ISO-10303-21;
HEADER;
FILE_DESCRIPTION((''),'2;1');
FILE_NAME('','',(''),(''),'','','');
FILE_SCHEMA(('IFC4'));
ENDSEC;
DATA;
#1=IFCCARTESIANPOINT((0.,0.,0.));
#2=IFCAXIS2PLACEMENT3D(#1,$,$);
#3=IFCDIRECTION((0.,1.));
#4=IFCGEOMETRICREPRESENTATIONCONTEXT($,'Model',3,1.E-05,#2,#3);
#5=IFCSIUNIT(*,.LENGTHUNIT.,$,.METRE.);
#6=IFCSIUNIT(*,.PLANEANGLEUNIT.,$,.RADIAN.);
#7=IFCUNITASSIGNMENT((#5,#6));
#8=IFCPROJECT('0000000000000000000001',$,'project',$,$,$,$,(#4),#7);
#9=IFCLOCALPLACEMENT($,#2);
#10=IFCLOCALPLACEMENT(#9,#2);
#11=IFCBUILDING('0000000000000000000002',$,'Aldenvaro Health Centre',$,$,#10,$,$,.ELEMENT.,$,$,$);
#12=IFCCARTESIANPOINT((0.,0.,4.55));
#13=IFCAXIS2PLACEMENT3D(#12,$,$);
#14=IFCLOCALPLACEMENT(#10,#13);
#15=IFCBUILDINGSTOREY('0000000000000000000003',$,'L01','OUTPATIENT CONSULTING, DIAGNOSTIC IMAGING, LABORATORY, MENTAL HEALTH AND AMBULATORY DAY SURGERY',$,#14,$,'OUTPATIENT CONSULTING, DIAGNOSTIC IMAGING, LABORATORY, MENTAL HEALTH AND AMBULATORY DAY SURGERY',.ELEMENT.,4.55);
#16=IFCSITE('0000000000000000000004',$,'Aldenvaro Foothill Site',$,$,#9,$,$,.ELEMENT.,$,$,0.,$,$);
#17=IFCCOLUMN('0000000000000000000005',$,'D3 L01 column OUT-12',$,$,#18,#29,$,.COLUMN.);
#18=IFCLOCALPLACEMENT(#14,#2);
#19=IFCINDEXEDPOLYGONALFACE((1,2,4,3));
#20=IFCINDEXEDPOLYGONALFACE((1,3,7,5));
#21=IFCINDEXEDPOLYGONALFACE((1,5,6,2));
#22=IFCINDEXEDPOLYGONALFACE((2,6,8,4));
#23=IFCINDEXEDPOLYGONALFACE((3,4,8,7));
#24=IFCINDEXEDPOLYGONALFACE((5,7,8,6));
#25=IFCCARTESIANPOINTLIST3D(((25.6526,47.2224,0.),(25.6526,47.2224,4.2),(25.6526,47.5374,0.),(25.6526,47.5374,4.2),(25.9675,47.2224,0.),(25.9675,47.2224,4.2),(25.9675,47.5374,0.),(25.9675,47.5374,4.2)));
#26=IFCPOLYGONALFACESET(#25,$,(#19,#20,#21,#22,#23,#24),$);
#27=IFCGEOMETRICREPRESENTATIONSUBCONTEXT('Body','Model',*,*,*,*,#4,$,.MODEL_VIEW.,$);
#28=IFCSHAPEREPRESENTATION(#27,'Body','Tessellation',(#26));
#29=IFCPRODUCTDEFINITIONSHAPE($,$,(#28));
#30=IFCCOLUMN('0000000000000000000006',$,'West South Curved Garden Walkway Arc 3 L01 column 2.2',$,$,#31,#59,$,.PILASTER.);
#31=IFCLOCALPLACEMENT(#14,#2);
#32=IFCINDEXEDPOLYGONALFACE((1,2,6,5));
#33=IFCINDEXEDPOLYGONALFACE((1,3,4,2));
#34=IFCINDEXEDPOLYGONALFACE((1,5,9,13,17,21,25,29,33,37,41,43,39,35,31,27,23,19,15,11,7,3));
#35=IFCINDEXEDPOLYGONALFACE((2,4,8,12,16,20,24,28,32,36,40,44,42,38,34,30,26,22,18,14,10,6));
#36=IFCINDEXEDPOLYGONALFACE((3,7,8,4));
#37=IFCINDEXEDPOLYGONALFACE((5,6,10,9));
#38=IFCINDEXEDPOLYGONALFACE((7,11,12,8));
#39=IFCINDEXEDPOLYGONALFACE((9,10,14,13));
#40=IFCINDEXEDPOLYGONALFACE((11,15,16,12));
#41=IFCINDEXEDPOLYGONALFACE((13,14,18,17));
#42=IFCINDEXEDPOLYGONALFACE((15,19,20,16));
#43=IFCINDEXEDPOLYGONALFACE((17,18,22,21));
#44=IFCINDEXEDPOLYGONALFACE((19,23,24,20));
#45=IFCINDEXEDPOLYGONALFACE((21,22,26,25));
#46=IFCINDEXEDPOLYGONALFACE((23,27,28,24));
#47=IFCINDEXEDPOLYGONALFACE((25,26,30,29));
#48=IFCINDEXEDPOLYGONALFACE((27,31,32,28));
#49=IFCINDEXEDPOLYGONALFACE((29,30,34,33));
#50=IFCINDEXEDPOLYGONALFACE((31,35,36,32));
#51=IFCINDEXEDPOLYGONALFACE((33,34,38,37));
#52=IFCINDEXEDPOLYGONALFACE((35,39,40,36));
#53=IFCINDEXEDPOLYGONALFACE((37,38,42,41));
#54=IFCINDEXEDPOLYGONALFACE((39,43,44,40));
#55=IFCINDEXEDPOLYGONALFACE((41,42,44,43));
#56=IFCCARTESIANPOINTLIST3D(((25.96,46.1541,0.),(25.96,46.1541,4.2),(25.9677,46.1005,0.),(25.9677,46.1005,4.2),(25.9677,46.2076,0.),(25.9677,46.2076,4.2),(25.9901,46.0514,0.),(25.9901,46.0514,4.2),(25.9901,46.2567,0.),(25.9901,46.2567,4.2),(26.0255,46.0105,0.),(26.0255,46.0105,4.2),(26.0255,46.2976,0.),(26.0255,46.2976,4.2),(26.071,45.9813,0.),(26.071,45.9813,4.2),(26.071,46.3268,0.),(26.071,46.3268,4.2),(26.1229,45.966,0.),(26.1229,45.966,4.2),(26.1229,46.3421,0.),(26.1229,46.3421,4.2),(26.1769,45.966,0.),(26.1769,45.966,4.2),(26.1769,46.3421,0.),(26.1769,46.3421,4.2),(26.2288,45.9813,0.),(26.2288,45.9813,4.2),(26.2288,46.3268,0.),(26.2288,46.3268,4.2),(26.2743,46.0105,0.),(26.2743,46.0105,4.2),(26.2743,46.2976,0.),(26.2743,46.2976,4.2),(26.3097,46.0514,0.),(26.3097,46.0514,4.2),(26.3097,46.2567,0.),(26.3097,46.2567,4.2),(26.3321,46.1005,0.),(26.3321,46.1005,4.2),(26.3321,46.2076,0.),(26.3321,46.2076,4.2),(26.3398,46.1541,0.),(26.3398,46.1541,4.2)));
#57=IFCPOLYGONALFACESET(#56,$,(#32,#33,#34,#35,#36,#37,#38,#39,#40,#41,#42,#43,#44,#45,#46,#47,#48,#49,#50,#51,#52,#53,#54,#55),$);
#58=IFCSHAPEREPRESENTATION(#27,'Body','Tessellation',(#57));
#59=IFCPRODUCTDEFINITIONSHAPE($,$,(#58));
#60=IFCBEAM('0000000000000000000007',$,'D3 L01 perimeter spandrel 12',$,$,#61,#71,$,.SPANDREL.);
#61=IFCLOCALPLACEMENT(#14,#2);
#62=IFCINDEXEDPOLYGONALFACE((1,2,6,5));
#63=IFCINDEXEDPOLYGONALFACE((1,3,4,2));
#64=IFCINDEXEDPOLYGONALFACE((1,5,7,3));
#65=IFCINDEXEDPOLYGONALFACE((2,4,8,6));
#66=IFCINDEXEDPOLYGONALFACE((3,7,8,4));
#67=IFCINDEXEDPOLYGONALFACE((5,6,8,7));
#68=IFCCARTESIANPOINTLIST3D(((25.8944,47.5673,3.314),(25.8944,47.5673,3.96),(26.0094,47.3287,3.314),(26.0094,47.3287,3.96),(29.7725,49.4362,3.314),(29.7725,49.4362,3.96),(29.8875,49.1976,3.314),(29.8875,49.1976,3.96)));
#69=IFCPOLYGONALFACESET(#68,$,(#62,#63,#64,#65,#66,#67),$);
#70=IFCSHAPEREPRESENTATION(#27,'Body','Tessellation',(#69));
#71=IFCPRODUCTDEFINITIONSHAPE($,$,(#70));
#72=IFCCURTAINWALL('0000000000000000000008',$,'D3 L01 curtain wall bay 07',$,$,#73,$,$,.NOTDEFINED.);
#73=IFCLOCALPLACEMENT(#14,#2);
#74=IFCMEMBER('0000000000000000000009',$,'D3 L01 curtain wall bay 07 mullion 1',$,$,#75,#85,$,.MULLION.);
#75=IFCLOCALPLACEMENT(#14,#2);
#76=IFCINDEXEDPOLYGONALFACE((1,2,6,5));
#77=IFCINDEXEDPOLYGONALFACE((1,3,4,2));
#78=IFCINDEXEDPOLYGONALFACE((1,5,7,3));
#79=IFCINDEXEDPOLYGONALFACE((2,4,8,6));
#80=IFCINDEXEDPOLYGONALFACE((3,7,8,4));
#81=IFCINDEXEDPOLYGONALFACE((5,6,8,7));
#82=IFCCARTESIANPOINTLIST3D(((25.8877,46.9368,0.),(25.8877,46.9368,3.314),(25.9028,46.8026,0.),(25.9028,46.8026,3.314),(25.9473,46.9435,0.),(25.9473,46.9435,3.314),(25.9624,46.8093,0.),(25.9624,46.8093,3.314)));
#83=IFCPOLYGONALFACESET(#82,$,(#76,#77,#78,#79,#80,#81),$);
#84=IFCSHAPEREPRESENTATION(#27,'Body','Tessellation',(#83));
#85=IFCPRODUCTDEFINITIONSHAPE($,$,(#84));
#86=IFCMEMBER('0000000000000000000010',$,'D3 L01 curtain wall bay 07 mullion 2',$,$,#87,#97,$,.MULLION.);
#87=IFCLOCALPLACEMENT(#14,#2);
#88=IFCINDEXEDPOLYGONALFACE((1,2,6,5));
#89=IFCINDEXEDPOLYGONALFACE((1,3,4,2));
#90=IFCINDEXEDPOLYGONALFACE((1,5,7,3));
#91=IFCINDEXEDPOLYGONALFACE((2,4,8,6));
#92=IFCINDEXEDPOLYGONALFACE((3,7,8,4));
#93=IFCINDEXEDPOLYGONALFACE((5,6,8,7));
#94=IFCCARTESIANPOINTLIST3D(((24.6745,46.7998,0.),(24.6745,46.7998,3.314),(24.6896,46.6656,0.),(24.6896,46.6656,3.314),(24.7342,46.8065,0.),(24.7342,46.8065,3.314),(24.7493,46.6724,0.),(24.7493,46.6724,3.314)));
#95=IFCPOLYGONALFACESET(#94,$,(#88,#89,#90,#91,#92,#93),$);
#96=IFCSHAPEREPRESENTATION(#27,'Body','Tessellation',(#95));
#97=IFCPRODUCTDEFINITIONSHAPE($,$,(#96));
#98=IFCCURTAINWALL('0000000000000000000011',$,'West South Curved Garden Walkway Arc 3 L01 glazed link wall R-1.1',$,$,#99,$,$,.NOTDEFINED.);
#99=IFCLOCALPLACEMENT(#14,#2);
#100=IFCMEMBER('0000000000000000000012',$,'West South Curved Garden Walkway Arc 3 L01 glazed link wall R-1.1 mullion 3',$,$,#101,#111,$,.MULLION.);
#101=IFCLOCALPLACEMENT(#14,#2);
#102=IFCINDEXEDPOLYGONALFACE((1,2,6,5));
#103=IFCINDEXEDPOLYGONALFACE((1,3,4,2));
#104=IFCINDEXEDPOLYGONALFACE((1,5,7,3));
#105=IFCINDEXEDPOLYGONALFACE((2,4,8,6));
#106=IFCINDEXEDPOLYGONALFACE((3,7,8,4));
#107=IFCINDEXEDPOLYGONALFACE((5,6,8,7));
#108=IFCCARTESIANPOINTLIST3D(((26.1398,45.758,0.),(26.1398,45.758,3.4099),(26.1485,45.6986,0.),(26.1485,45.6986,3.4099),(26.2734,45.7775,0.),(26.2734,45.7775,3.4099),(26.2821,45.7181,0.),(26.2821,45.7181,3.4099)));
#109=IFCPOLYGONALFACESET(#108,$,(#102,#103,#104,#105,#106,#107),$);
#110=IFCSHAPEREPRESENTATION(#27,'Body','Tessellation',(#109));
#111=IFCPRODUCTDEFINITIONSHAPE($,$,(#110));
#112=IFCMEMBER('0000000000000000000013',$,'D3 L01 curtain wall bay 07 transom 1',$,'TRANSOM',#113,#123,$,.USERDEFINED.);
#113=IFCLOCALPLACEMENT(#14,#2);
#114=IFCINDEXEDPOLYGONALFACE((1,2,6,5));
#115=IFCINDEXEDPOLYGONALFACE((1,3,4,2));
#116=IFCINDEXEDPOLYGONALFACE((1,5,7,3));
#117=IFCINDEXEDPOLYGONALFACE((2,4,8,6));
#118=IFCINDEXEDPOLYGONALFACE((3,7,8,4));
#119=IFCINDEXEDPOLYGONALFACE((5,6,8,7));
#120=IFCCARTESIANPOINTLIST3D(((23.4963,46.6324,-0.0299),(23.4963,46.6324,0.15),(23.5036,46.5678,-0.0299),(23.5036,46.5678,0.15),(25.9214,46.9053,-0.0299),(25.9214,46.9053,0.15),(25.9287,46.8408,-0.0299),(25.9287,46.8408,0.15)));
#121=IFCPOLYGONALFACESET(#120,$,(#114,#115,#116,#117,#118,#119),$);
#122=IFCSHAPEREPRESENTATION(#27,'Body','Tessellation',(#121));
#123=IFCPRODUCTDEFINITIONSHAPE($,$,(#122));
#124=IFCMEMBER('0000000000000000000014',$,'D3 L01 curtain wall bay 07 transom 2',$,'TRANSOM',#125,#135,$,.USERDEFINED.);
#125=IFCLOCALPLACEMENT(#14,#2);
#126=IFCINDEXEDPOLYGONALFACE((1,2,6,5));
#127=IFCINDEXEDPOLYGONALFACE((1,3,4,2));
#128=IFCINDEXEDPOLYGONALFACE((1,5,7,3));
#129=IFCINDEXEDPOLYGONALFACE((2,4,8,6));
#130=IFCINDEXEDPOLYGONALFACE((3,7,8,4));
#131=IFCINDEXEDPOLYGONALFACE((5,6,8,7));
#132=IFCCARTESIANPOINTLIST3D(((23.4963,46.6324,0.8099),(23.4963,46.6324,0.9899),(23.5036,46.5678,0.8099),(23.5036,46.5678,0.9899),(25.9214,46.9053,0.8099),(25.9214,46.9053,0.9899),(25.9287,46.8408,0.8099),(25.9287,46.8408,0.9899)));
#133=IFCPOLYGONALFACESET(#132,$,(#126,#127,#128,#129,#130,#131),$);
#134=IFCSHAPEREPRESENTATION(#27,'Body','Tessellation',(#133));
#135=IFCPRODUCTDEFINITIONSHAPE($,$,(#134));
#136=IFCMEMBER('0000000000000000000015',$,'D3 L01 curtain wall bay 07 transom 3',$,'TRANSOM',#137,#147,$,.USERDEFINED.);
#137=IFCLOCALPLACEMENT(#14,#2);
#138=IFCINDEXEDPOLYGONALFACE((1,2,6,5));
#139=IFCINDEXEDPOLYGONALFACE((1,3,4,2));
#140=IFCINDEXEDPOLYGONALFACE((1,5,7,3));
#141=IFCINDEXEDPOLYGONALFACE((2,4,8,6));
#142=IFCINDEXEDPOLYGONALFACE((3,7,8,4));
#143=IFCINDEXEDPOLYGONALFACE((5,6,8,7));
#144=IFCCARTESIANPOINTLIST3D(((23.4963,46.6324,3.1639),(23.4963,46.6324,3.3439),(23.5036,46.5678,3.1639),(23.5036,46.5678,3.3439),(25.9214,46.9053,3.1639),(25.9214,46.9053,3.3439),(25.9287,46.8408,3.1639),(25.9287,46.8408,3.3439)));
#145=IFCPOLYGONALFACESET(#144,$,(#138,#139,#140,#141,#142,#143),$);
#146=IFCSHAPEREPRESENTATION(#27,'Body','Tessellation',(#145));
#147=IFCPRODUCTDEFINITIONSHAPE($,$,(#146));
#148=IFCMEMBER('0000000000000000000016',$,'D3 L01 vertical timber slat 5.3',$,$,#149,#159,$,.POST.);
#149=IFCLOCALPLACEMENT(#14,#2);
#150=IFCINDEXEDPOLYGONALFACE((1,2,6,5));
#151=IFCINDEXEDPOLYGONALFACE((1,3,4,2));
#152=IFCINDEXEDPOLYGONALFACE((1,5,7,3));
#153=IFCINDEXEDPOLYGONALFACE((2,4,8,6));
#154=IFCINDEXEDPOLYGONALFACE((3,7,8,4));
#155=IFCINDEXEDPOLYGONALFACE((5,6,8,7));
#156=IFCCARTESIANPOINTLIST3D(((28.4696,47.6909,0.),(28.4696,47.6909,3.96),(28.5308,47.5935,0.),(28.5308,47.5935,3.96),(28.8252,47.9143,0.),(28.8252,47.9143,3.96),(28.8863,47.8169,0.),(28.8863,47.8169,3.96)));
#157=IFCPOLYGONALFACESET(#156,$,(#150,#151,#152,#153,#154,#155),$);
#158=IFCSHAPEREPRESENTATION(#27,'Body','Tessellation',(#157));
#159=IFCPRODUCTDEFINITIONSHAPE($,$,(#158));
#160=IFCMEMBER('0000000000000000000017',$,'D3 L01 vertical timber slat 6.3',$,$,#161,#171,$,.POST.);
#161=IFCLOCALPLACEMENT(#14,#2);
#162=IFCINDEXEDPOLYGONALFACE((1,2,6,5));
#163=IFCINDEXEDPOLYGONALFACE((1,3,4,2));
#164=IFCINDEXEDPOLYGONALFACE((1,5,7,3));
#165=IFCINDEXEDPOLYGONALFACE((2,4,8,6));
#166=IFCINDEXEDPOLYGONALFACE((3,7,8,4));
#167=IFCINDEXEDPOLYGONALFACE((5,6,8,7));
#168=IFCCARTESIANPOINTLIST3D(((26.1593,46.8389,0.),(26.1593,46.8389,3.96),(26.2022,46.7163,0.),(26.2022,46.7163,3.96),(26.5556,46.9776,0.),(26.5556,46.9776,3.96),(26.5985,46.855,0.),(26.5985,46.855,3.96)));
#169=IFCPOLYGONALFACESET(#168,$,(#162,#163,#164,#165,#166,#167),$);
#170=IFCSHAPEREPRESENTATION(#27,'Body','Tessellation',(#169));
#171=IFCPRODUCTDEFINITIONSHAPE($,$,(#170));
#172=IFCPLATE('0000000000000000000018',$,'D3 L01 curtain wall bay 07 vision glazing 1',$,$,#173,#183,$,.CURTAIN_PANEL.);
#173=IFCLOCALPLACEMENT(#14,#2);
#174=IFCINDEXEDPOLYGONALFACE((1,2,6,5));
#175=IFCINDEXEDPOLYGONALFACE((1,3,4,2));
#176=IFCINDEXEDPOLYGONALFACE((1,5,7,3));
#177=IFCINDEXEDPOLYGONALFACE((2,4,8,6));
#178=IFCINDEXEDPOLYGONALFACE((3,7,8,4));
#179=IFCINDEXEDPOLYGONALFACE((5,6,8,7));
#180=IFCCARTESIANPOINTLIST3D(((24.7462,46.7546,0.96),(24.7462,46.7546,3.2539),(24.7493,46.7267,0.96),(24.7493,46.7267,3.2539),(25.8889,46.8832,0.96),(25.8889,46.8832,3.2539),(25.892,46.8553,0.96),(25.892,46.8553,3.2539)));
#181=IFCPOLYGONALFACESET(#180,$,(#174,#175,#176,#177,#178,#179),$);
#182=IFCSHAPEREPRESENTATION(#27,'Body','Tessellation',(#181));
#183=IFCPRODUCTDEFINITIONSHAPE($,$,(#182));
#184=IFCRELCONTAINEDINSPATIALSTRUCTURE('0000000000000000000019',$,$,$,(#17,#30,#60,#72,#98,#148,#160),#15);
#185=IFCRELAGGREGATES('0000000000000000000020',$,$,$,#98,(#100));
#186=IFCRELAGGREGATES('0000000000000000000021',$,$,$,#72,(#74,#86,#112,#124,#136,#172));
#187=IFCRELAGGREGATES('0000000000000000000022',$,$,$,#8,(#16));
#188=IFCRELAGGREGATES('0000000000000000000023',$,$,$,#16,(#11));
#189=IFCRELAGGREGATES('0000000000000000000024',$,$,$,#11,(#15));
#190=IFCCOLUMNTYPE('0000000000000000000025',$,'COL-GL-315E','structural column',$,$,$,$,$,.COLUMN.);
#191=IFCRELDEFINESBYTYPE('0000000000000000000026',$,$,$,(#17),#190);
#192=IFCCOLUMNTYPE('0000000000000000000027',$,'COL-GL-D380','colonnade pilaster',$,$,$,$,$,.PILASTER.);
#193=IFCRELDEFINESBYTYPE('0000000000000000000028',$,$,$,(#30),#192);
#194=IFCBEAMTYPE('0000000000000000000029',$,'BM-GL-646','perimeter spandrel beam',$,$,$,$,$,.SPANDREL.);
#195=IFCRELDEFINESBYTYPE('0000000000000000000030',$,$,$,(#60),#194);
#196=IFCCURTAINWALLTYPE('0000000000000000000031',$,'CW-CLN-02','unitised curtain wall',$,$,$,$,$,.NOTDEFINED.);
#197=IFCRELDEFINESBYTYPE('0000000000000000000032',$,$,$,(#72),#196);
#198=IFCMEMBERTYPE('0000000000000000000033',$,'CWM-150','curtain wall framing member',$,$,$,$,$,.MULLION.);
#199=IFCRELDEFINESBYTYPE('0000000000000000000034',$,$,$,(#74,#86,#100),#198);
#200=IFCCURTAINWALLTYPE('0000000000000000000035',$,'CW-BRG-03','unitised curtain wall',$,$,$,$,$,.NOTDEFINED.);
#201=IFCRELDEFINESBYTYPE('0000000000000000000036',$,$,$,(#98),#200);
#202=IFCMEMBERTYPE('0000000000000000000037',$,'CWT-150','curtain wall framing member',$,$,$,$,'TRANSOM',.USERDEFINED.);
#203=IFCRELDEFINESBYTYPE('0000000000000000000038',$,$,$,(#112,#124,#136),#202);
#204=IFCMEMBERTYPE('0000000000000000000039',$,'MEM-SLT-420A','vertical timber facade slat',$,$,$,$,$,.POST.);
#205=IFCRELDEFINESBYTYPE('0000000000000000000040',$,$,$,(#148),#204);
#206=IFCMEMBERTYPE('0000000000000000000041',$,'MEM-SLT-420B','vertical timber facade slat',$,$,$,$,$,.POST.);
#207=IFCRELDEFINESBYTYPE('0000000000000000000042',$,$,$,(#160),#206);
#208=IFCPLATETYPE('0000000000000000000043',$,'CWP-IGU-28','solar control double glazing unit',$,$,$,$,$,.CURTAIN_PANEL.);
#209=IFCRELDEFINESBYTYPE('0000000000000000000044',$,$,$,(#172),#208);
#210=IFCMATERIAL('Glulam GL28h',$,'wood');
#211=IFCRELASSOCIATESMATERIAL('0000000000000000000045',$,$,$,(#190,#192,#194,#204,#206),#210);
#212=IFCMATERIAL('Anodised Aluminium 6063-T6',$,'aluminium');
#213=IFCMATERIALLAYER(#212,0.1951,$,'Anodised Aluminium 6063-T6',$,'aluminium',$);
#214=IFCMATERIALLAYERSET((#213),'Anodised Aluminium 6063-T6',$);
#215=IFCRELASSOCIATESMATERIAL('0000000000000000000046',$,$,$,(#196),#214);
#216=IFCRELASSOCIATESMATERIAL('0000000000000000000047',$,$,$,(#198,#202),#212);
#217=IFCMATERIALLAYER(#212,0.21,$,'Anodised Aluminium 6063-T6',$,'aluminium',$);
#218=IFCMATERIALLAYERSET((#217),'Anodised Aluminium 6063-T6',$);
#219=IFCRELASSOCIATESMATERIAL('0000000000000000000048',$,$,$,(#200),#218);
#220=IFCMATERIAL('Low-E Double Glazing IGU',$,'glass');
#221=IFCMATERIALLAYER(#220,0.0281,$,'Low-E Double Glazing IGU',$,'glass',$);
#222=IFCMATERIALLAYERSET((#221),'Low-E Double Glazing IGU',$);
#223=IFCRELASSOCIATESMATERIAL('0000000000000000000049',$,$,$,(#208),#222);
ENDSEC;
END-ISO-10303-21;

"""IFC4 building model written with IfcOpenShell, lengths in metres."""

from ifc_helpers import new_model, si_unit, direction, frame, origin, origin_2d, place, context, subcontext, project, spatial, rectangle, circle, extrude, material, layer, layer_set, material_profile, profile_set, type_object, element, aggregate, save


model = new_model("IFC4")

# Units and contexts
model_context = context("Model", 3, precision=1e-05, world=origin(), true_north=direction((0.0, 1.0)))
body_context = subcontext(model_context, "Body", "Model", "MODEL_VIEW")
ifc_project = project(units=[si_unit("LENGTHUNIT", "METRE"), si_unit("PLANEANGLEUNIT", "RADIAN")], contexts=[model_context])

# Site, building, storey
site_placement = place(None, origin())
site = spatial("IfcSite", under=ifc_project, at=site_placement, Name="Aldenvaro Foothill Site", CompositionType="ELEMENT", RefElevation=0.0)
building_placement = place(site_placement, origin())
building = spatial("IfcBuilding", under=site, at=building_placement, Name="Aldenvaro Health Centre", CompositionType="ELEMENT")
storey_placement = place(building_placement, frame((0.0, 0.0, 4.55)))
storey = spatial("IfcBuildingStorey", under=building, at=storey_placement, Name="L01", Description="OUTPATIENT CONSULTING, DIAGNOSTIC IMAGING, LABORATORY, MENTAL HEALTH AND AMBULATORY DAY SURGERY", LongName="OUTPATIENT CONSULTING, DIAGNOSTIC IMAGING, LABORATORY, MENTAL HEALTH AND AMBULATORY DAY SURGERY", CompositionType="ELEMENT", Elevation=4.55)

# Columns
ifc_material_1 = material(Name="Glulam GL28h", Category="wood")
ifc_material_profile_1 = material_profile(ifc_material_1, rectangle(XDim=0.3149, YDim=0.3149, at=origin_2d()), Name="GL 315x315", Category="wood")
ifc_profile_set_1 = profile_set([ifc_material_profile_1], Name="Glulam GL28h")
column_type_1 = type_object("IfcColumnType", Name="COL-GL-315E", Description="structural column", PredefinedType="COLUMN", material=ifc_profile_set_1)
column_1_placement = place(storey_placement, frame((25.8101, 47.3799, 0.0), z_axis=(0.0, 0.0, 1.0), x_axis=(1.0, 0.0, 0.0)))
element("IfcColumn", 1, at=column_1_placement, inside=storey, type_object=column_type_1, Name="D3 L01 column OUT-12", PredefinedType="COLUMN", context=body_context, shape_type="SweptSolid", body=[
    extrude(rectangle(XDim=0.3149, YDim=0.3149, at=origin_2d()), origin(), (0.0, 0.0, 1.0), 4.2),
])
ifc_material_profile_2 = material_profile(ifc_material_1, circle(Radius=0.1899, at=origin_2d()), Name="GL D380", Category="wood")
ifc_profile_set_2 = profile_set([ifc_material_profile_2], Name="Glulam GL28h")
column_type_2 = type_object("IfcColumnType", Name="COL-GL-D380", Description="colonnade pilaster", PredefinedType="PILASTER", material=ifc_profile_set_2)
column_2_placement = place(storey_placement, frame((26.1499, 46.1541, 0.0), z_axis=(0.0, 0.0, 1.0), x_axis=(1.0, 0.0, 0.0)))
element("IfcColumn", 2, at=column_2_placement, inside=storey, type_object=column_type_2, Name="West South Curved Garden Walkway Arc 3 L01 column 2.2", PredefinedType="PILASTER", context=body_context, shape_type="SweptSolid", body=[
    extrude(circle(Radius=0.1899, at=origin_2d()), origin(), (0.0, 0.0, 1.0), 4.2),
])

# Beam
ifc_material_profile_3 = material_profile(ifc_material_1, rectangle(XDim=0.2649, YDim=0.646, at=origin_2d()), Name="GL 265x646", Category="wood")
ifc_profile_set_3 = profile_set([ifc_material_profile_3], Name="Glulam GL28h")
beam_type = type_object("IfcBeamType", Name="BM-GL-646", Description="perimeter spandrel beam", PredefinedType="SPANDREL", material=ifc_profile_set_3)
beam_placement = place(storey_placement, frame((25.9519, 47.448, 3.637), z_axis=(0.900854, 0.434123, 0.0), x_axis=(-0.434123, 0.900854, 0.0)))
element("IfcBeam", 3, at=beam_placement, inside=storey, type_object=beam_type, Name="D3 L01 perimeter spandrel 12", PredefinedType="SPANDREL", context=body_context, shape_type="SweptSolid", body=[
    extrude(rectangle(XDim=0.2649, YDim=0.646, at=origin_2d()), origin(), (0.0, 0.0, 1.0), 4.3049),
])

# Curtain wall, members
ifc_material_2 = material(Name="Anodised Aluminium 6063-T6", Category="aluminium")
ifc_layer_1 = layer(ifc_material_2, 0.1951, Name="Anodised Aluminium 6063-T6", Category="aluminium")
ifc_layer_set_1 = layer_set([ifc_layer_1], Name="Anodised Aluminium 6063-T6")
curtain_wall_type_1 = type_object("IfcCurtainWallType", Name="CW-CLN-02", Description="unitised curtain wall", PredefinedType="NOTDEFINED", material=ifc_layer_set_1)
curtain_wall_1_placement = place(storey_placement, origin())
curtain_wall_1 = element("IfcCurtainWall", 4, at=curtain_wall_1_placement, inside=storey, type_object=curtain_wall_type_1, Name="D3 L01 curtain wall bay 07", PredefinedType="NOTDEFINED")
ifc_material_profile_4 = material_profile(ifc_material_2, rectangle(XDim=0.0601, YDim=0.135, at=origin_2d()), Name="ALU 60x135", Category="aluminium")
ifc_profile_set_4 = profile_set([ifc_material_profile_4], Name="Anodised Aluminium 6063-T6")
member_type_1 = type_object("IfcMemberType", Name="CWM-150", Description="curtain wall framing member", PredefinedType="MULLION", material=ifc_profile_set_4)
member_1_placement = place(storey_placement, frame((25.925, 46.873, 0.0), z_axis=(0.0, 0.0, 1.0), x_axis=(-0.993723, -0.111871, 0.0)))
member_1 = element("IfcMember", 5, at=member_1_placement, type_object=member_type_1, Name="D3 L01 curtain wall bay 07 mullion 1", PredefinedType="MULLION", context=body_context, shape_type="SweptSolid", body=[
    extrude(rectangle(XDim=0.0601, YDim=0.135, at=origin_2d()), origin(), (0.0, 0.0, 1.0), 3.314),
])
member_2_placement = place(storey_placement, frame((24.7119, 46.7361, 0.0), z_axis=(0.0, 0.0, 1.0), x_axis=(-0.993723, -0.111871, 0.0)))
member_2 = element("IfcMember", 6, at=member_2_placement, type_object=member_type_1, Name="D3 L01 curtain wall bay 07 mullion 2", PredefinedType="MULLION", context=body_context, shape_type="SweptSolid", body=[
    extrude(rectangle(XDim=0.0601, YDim=0.135, at=origin_2d()), origin(), (0.0, 0.0, 1.0), 3.314),
])

# Curtain wall, member
ifc_layer_2 = layer(ifc_material_2, 0.21, Name="Anodised Aluminium 6063-T6", Category="aluminium")
ifc_layer_set_2 = layer_set([ifc_layer_2], Name="Anodised Aluminium 6063-T6")
curtain_wall_type_2 = type_object("IfcCurtainWallType", Name="CW-BRG-03", Description="unitised curtain wall", PredefinedType="NOTDEFINED", material=ifc_layer_set_2)
curtain_wall_2_placement = place(storey_placement, origin())
curtain_wall_2 = element("IfcCurtainWall", 7, at=curtain_wall_2_placement, inside=storey, type_object=curtain_wall_type_2, Name="West South Curved Garden Walkway Arc 3 L01 glazed link wall R-1.1", PredefinedType="NOTDEFINED")
member_3_placement = place(storey_placement, frame((26.2109, 45.738, 0.0), z_axis=(0.0, 0.0, 1.0), x_axis=(-0.144686, 0.989478, 0.0)))
member_3 = element("IfcMember", 8, at=member_3_placement, type_object=member_type_1, Name="West South Curved Garden Walkway Arc 3 L01 glazed link wall R-1.1 mullion 3", PredefinedType="MULLION", context=body_context, shape_type="SweptSolid", body=[
    extrude(rectangle(XDim=0.0601, YDim=0.135, at=origin_2d()), origin(), (0.0, 0.0, 1.0), 3.4099),
])
aggregate(curtain_wall_2, [member_3])

# Members
ifc_material_profile_5 = material_profile(ifc_material_2, rectangle(XDim=0.0649, YDim=0.1799, at=origin_2d()), Name="ALU 65x180", Category="aluminium")
ifc_profile_set_5 = profile_set([ifc_material_profile_5], Name="Anodised Aluminium 6063-T6")
member_type_2 = type_object("IfcMemberType", Name="CWT-150", Description="curtain wall framing member", ElementType="TRANSOM", PredefinedType="USERDEFINED", material=ifc_profile_set_5)
member_4_placement = place(storey_placement, frame((25.925, 46.873, 0.0601), z_axis=(-0.993725, -0.111848, 0.0), x_axis=(0.111848, -0.993725, 0.0)))
member_4 = element("IfcMember", 9, at=member_4_placement, type_object=member_type_2, Name="D3 L01 curtain wall bay 07 transom 1", ObjectType="TRANSOM", PredefinedType="USERDEFINED", context=body_context, shape_type="SweptSolid", body=[
    extrude(rectangle(XDim=0.0649, YDim=0.1799, at=origin_2d()), origin(), (0.0, 0.0, 1.0), 2.4404),
])
member_5_placement = place(storey_placement, frame((25.925, 46.873, 0.8999), z_axis=(-0.993725, -0.111848, 0.0), x_axis=(0.111848, -0.993725, 0.0)))
member_5 = element("IfcMember", 10, at=member_5_placement, type_object=member_type_2, Name="D3 L01 curtain wall bay 07 transom 2", ObjectType="TRANSOM", PredefinedType="USERDEFINED", context=body_context, shape_type="SweptSolid", body=[
    extrude(rectangle(XDim=0.0649, YDim=0.1799, at=origin_2d()), origin(), (0.0, 0.0, 1.0), 2.4404),
])
member_6_placement = place(storey_placement, frame((25.925, 46.873, 3.2539), z_axis=(-0.993725, -0.111848, 0.0), x_axis=(0.111848, -0.993725, 0.0)))
member_6 = element("IfcMember", 11, at=member_6_placement, type_object=member_type_2, Name="D3 L01 curtain wall bay 07 transom 3", ObjectType="TRANSOM", PredefinedType="USERDEFINED", context=body_context, shape_type="SweptSolid", body=[
    extrude(rectangle(XDim=0.0649, YDim=0.1799, at=origin_2d()), origin(), (0.0, 0.0, 1.0), 2.4404),
])

# Members
ifc_material_profile_6 = material_profile(ifc_material_1, rectangle(XDim=0.115, YDim=0.4199, at=origin_2d()), Name="GL 115x420", Category="wood")
ifc_profile_set_6 = profile_set([ifc_material_profile_6], Name="Glulam GL28h")
member_type_3 = type_object("IfcMemberType", Name="MEM-SLT-420A", Description="vertical timber facade slat", PredefinedType="POST", material=ifc_profile_set_6)
member_7_placement = place(storey_placement, frame((28.678, 47.7539, 0.0), z_axis=(0.0, 0.0, 1.0), x_axis=(0.532096, -0.846684, 0.0)))
element("IfcMember", 12, at=member_7_placement, inside=storey, type_object=member_type_3, Name="D3 L01 vertical timber slat 5.3", PredefinedType="POST", context=body_context, shape_type="SweptSolid", body=[
    extrude(rectangle(XDim=0.115, YDim=0.4199, at=origin_2d()), origin(), (0.0, 0.0, 1.0), 3.96),
])
ifc_material_profile_7 = material_profile(ifc_material_1, rectangle(XDim=0.1299, YDim=0.4199, at=origin_2d()), Name="GL 130x420", Category="wood")
ifc_profile_set_7 = profile_set([ifc_material_profile_7], Name="Glulam GL28h")
member_type_4 = type_object("IfcMemberType", Name="MEM-SLT-420B", Description="vertical timber facade slat", PredefinedType="POST", material=ifc_profile_set_7)
member_8_placement = place(storey_placement, frame((26.3789, 46.8469, 0.0), z_axis=(0.0, 0.0, 1.0), x_axis=(0.330204, -0.943909, 0.0)))
element("IfcMember", 13, at=member_8_placement, inside=storey, type_object=member_type_4, Name="D3 L01 vertical timber slat 6.3", PredefinedType="POST", context=body_context, shape_type="SweptSolid", body=[
    extrude(rectangle(XDim=0.1299, YDim=0.4199, at=origin_2d()), origin(), (0.0, 0.0, 1.0), 3.96),
])

# Plate
ifc_material_3 = material(Name="Low-E Double Glazing IGU", Category="glass")
ifc_layer_3 = layer(ifc_material_3, 0.0281, Name="Low-E Double Glazing IGU", Category="glass")
ifc_layer_set_3 = layer_set([ifc_layer_3], Name="Low-E Double Glazing IGU")
plate_type_1 = type_object("IfcPlateType", Name="CWP-IGU-28", Description="solar control double glazing unit", PredefinedType="CURTAIN_PANEL", material=ifc_layer_set_3)
plate_1_placement = place(storey_placement, frame((25.3191, 46.8049, 0.96), z_axis=(0.0, 0.0, 1.0), x_axis=(-0.993723, -0.111871, 0.0)))
plate_1 = element("IfcPlate", 14, at=plate_1_placement, type_object=plate_type_1, Name="D3 L01 curtain wall bay 07 vision glazing 1", PredefinedType="CURTAIN_PANEL", context=body_context, shape_type="SweptSolid", body=[
    extrude(rectangle(XDim=1.1499, YDim=0.0281, at=origin_2d()), origin(), (0.0, 0.0, 1.0), 2.2939),
])
aggregate(curtain_wall_1, [member_1, member_2, member_4, member_5, member_6, plate_1])

save(model, "model.ifc")
